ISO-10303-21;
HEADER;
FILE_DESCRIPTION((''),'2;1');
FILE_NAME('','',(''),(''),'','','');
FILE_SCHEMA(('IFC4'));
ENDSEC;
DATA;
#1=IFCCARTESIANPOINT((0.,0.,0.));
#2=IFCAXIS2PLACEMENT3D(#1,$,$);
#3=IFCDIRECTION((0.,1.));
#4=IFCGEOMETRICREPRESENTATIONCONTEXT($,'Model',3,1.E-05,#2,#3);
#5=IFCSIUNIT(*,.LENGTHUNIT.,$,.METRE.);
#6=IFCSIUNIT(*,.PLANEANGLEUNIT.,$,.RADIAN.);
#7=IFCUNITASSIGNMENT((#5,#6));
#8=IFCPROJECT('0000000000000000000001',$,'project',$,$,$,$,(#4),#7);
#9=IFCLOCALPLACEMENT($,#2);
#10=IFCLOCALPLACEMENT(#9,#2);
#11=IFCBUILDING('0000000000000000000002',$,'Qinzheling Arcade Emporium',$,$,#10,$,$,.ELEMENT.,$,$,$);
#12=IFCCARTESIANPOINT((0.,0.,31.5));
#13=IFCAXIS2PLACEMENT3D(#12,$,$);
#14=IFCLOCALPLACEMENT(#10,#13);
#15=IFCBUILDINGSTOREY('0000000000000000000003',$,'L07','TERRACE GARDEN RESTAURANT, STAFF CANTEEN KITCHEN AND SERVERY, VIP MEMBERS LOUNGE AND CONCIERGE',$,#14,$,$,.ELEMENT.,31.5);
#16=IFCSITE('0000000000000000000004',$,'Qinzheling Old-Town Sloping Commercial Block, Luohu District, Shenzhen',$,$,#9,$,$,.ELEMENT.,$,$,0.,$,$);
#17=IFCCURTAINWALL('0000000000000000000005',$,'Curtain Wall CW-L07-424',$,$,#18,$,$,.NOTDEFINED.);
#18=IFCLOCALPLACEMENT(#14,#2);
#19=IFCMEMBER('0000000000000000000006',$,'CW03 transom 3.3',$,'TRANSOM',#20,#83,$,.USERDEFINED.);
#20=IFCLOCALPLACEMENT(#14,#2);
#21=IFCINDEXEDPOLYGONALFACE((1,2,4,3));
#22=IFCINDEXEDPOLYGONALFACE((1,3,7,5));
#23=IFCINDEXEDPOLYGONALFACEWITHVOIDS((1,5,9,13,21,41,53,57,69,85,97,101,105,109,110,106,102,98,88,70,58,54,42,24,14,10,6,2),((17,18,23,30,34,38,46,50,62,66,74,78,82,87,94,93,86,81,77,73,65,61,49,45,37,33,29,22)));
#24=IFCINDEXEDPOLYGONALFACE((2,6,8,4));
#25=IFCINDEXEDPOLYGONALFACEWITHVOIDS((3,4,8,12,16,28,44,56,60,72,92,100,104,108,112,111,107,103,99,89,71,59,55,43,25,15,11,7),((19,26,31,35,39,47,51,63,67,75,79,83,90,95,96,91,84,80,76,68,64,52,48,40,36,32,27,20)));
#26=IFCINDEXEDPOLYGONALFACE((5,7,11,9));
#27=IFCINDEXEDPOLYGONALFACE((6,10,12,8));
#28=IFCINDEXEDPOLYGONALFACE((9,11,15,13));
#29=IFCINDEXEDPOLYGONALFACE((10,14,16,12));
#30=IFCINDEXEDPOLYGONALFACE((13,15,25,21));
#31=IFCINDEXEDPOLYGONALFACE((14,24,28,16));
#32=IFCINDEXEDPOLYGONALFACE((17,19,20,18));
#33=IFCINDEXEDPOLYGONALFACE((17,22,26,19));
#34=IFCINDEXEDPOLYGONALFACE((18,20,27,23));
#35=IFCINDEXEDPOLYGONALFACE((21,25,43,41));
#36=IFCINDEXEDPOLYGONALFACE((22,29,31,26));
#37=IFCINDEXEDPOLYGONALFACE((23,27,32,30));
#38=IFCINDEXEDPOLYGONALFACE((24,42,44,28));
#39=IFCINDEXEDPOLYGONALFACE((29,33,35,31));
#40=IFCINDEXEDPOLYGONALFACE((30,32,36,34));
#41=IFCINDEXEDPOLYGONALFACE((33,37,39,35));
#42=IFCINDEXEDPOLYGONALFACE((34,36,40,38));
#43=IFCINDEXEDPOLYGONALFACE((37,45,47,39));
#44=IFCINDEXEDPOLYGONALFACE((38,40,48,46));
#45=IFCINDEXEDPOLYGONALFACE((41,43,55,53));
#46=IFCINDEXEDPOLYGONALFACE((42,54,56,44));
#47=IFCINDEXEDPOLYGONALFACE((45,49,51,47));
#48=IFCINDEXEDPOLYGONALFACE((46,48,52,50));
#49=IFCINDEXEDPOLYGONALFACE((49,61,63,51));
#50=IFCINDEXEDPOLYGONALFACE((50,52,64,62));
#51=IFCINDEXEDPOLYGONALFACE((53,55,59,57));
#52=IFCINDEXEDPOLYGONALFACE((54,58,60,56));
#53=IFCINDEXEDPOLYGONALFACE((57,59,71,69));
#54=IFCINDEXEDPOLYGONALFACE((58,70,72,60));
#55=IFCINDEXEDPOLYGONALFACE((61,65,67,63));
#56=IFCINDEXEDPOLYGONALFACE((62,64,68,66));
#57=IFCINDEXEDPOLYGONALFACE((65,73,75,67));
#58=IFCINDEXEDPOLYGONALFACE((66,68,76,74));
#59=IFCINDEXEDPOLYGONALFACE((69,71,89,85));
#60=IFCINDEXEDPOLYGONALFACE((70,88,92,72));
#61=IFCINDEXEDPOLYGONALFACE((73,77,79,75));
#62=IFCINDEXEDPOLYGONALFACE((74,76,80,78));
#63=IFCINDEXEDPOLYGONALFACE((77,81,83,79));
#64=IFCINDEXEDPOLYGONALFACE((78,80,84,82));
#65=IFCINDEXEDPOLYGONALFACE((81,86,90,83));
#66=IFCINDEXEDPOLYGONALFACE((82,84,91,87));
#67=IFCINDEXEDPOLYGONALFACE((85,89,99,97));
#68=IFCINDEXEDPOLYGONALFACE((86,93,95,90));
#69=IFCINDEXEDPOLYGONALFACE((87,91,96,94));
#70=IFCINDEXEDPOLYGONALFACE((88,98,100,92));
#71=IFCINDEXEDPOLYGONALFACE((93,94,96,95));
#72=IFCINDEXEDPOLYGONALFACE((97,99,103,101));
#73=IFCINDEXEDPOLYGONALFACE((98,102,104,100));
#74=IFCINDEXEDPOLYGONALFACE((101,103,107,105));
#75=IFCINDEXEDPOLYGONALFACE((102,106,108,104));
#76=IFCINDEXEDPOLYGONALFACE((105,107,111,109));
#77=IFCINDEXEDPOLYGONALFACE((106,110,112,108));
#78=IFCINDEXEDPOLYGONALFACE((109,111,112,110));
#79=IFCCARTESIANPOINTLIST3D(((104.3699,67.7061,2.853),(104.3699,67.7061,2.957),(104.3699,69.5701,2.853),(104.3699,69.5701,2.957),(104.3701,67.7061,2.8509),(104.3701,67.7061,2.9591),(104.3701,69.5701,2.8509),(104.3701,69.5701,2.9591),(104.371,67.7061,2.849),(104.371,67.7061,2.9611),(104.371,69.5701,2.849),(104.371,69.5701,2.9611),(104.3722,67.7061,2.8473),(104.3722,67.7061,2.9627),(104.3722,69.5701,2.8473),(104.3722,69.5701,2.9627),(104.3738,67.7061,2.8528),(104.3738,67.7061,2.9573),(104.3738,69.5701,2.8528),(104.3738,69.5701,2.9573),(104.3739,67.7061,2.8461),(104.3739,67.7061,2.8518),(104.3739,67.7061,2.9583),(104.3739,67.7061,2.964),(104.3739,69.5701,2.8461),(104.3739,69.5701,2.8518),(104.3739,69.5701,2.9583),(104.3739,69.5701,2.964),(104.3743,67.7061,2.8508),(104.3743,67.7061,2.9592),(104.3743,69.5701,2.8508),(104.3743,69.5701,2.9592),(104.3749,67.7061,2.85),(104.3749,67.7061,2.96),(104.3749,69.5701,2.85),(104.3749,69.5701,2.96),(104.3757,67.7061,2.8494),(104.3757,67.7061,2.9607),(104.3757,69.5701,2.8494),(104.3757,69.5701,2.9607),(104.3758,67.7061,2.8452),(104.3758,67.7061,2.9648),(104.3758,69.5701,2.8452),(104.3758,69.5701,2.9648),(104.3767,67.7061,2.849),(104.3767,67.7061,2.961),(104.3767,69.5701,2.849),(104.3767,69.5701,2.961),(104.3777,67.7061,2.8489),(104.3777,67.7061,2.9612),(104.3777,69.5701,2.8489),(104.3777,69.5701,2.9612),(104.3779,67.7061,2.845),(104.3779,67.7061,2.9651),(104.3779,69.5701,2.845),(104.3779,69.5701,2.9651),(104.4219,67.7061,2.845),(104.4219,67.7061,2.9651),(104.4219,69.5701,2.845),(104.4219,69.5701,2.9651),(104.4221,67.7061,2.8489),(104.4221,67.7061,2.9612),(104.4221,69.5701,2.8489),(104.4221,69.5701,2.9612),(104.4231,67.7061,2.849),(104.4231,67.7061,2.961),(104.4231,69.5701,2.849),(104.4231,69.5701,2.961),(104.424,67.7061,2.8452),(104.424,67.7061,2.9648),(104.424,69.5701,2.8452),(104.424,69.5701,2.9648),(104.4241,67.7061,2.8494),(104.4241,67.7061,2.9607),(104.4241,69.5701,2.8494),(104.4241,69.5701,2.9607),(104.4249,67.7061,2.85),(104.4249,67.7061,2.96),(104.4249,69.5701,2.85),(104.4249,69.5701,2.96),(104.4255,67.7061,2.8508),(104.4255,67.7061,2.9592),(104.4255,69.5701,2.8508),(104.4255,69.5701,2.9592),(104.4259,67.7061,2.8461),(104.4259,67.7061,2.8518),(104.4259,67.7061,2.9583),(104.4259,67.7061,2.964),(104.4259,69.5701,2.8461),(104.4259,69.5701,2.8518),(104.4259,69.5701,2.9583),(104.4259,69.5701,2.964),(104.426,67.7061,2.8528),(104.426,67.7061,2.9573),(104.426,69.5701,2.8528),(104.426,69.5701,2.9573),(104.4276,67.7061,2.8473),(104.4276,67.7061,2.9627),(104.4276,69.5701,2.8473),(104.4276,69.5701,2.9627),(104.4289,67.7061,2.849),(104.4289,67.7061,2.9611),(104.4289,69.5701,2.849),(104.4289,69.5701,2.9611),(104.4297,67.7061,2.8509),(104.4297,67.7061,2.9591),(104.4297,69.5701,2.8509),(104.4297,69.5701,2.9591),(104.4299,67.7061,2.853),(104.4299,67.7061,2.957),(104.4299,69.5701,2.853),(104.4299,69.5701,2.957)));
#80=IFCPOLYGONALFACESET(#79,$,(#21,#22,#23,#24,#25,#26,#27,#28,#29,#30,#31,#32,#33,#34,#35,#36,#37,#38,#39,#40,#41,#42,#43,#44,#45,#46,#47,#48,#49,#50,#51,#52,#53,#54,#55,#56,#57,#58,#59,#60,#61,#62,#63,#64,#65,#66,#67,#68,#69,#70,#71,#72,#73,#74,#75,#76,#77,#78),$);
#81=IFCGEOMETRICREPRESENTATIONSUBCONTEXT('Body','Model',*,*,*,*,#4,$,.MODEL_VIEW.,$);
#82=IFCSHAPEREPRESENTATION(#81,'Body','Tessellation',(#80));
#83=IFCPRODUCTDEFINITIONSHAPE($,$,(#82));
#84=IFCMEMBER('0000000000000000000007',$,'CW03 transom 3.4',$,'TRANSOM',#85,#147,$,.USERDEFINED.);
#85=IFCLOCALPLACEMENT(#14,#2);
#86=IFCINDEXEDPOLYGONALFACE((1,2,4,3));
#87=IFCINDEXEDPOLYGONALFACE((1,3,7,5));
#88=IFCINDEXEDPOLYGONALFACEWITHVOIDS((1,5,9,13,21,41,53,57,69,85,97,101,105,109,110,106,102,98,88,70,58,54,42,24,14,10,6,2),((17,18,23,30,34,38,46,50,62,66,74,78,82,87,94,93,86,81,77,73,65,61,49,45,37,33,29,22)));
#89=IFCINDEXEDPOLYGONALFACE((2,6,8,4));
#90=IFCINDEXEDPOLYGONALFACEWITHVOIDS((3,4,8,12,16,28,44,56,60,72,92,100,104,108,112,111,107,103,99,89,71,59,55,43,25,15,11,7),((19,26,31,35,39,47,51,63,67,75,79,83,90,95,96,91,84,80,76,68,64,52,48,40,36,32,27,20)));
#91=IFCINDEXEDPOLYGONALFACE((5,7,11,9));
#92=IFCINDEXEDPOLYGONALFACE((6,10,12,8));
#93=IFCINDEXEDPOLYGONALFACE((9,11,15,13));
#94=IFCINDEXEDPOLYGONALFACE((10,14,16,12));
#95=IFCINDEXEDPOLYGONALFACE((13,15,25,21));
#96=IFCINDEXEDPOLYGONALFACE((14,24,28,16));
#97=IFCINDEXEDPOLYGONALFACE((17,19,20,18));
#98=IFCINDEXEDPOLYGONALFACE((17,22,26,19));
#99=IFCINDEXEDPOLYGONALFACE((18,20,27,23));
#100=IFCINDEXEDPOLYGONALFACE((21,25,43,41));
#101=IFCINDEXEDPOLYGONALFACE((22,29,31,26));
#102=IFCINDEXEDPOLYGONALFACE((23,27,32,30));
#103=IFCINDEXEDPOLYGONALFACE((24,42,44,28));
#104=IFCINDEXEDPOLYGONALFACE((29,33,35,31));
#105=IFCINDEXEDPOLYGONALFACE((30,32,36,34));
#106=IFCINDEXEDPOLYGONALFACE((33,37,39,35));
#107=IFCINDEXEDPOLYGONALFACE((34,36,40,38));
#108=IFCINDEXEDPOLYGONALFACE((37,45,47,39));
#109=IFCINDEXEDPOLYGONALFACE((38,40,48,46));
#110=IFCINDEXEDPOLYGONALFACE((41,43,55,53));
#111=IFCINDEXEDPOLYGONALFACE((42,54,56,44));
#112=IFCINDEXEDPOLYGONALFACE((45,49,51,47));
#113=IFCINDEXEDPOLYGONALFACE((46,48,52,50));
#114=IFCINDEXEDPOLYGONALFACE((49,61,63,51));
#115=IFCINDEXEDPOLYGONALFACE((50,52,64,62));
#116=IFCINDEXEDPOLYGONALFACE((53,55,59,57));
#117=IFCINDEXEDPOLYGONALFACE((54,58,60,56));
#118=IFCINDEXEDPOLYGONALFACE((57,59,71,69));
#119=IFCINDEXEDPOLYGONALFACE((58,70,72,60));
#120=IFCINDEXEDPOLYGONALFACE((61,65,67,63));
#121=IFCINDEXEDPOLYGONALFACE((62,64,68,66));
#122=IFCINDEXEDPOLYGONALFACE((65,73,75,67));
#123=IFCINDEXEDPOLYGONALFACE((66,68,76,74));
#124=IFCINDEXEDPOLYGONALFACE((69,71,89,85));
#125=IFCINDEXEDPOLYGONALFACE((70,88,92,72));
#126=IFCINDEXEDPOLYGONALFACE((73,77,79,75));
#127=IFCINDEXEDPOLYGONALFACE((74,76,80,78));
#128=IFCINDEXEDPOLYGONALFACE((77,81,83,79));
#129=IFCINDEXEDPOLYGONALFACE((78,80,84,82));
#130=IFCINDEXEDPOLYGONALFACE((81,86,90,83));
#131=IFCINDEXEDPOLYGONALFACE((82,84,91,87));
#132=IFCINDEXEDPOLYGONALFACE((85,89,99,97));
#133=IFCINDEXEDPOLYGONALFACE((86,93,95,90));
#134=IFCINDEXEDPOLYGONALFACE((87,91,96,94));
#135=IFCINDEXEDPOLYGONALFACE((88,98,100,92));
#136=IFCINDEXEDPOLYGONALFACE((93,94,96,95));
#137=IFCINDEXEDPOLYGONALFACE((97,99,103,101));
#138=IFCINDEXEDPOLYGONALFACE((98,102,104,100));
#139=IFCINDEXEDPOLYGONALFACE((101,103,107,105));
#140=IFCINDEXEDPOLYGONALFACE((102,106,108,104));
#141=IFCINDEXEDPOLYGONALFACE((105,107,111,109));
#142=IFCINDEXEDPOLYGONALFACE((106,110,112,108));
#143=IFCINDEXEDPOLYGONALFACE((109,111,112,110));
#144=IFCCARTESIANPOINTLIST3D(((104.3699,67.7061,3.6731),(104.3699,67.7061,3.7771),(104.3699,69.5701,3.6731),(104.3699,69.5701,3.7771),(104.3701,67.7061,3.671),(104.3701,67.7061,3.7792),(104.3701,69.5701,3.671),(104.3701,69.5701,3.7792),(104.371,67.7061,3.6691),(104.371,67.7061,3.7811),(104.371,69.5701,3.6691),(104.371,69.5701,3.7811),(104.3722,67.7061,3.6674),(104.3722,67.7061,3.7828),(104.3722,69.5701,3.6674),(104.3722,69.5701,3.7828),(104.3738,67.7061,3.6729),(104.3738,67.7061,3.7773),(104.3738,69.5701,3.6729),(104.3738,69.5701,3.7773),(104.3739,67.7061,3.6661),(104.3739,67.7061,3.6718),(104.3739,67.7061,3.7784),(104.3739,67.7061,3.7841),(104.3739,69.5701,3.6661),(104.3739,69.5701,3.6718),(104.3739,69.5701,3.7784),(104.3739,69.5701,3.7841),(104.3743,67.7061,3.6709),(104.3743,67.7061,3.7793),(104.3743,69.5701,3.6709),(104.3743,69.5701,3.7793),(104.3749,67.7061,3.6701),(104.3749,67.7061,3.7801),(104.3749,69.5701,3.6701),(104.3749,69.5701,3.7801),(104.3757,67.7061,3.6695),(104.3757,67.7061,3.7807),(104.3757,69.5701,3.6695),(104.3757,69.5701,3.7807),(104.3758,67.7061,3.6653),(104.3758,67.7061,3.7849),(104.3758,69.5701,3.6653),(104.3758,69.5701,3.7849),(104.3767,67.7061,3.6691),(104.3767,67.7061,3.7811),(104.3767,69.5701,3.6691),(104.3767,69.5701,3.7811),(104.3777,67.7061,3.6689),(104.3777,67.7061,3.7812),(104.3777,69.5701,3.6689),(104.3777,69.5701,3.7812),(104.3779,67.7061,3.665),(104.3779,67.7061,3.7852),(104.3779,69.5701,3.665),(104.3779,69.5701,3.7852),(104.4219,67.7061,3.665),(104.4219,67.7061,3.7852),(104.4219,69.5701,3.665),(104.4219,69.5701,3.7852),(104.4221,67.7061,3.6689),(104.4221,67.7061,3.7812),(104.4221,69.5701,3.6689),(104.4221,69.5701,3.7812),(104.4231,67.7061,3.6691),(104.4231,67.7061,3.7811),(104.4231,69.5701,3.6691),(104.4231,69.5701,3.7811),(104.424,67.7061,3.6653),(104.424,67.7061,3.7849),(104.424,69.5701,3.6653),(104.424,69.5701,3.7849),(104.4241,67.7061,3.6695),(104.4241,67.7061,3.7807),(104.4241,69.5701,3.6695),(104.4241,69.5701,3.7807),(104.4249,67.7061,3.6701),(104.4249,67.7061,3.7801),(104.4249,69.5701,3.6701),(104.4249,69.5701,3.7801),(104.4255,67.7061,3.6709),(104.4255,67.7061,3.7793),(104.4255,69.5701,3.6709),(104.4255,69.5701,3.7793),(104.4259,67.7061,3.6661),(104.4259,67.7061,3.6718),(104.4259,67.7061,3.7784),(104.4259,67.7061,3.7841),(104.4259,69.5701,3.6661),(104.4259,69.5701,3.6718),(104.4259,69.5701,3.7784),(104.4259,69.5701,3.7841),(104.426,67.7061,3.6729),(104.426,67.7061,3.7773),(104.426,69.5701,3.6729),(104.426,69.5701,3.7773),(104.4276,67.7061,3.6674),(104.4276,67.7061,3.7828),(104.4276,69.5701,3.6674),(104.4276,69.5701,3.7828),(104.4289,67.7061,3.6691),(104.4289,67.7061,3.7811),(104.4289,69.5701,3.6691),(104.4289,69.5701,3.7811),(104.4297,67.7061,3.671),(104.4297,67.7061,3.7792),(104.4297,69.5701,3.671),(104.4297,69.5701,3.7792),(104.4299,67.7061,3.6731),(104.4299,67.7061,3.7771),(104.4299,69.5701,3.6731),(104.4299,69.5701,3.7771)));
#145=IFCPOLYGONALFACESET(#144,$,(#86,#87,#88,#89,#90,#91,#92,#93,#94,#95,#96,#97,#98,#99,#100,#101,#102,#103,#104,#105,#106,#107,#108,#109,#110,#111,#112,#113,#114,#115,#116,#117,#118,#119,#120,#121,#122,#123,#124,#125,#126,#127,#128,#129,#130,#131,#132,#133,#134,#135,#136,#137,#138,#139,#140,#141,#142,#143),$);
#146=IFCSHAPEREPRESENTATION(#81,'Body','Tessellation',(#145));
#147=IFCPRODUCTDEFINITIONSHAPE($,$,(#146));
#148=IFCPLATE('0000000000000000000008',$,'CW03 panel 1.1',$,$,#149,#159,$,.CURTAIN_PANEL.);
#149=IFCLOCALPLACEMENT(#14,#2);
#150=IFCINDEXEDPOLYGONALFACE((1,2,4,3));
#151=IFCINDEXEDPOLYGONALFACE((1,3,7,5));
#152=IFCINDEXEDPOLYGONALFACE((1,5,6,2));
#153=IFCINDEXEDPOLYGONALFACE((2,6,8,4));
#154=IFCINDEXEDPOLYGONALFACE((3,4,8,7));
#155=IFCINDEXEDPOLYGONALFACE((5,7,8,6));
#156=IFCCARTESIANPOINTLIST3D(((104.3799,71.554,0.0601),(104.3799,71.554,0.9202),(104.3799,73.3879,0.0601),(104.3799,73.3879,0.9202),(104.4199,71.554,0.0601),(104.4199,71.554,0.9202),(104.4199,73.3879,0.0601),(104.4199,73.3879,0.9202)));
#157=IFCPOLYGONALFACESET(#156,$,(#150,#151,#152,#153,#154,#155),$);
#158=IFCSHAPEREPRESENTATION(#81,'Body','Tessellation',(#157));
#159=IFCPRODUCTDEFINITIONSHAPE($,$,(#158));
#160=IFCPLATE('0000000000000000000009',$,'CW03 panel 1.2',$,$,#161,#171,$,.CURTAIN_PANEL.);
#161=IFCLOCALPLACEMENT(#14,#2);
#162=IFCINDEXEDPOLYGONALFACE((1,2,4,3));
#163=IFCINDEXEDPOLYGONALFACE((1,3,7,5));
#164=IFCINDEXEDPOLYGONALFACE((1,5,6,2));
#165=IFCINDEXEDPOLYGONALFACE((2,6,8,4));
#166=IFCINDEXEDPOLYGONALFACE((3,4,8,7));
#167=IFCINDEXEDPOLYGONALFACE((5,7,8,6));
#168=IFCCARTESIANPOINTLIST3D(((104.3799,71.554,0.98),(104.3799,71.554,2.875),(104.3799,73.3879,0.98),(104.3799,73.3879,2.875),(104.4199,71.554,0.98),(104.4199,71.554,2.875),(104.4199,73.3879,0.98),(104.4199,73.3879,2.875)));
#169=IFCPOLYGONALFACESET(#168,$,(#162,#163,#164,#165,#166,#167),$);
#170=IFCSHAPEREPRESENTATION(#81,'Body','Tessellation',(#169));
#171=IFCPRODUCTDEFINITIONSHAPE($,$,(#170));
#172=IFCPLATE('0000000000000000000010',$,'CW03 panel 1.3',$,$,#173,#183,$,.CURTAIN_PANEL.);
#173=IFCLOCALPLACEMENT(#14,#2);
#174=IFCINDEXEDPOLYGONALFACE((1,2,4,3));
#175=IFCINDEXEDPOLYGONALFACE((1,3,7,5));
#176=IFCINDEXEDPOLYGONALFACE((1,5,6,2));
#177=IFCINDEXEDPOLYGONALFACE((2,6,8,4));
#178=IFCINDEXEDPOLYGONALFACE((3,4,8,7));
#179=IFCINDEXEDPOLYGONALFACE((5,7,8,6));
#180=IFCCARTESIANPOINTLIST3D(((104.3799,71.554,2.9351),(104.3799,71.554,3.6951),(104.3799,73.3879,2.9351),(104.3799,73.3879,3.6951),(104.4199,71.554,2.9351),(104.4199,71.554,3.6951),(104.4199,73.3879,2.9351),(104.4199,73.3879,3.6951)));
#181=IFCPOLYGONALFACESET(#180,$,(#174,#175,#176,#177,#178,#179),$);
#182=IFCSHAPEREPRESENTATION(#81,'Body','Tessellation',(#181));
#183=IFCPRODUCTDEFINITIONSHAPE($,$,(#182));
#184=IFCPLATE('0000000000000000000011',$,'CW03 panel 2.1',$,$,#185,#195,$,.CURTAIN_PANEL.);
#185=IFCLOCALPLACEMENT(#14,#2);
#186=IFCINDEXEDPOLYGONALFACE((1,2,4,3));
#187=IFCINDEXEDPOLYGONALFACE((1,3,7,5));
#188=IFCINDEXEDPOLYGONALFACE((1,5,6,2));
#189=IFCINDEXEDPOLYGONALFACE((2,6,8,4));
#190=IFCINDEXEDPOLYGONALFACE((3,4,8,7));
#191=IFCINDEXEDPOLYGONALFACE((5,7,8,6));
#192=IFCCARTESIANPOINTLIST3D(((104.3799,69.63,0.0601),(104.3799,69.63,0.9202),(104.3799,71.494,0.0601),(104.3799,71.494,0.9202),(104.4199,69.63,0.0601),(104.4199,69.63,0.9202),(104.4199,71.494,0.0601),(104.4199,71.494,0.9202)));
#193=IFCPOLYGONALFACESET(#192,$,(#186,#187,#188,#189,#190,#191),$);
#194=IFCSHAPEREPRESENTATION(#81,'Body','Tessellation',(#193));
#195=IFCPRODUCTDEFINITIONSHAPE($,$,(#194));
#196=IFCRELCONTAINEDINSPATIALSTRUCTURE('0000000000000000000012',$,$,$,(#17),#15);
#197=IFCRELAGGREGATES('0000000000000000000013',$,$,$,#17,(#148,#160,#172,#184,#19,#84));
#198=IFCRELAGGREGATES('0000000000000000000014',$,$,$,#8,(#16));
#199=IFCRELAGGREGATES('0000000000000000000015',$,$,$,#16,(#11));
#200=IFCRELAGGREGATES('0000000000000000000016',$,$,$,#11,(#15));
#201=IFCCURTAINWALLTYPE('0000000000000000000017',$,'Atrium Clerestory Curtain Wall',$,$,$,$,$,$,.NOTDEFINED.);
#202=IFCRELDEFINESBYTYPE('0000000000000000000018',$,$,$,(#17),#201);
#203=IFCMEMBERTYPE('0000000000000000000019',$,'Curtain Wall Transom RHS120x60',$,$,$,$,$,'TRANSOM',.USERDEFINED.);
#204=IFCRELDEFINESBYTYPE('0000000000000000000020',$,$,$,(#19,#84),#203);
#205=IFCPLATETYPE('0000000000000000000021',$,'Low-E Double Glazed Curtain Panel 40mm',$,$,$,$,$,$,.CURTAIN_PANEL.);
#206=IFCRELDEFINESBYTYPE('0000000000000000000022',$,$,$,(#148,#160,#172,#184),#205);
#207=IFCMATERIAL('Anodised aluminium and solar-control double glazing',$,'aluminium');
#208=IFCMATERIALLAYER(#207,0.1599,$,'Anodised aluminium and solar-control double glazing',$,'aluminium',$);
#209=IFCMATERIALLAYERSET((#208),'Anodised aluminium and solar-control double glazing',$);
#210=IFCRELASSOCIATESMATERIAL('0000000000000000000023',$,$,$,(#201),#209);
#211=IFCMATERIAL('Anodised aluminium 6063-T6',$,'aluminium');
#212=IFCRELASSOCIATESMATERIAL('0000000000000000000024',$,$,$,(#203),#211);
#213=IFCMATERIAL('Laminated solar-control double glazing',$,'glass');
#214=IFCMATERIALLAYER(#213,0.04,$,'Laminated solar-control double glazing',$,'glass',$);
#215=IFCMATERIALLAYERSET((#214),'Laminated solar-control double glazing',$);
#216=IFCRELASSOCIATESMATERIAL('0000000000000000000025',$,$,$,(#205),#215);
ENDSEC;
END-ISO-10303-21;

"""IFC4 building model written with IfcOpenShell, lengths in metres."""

from ifc_helpers import new_model, si_unit, direction, frame, origin, origin_2d, place, context, subcontext, project, spatial, rectangle, hollow_rectangle, extrude, material, layer, layer_set, material_profile, profile_set, type_object, element, aggregate, save


model = new_model("IFC4")

# Units and contexts
model_context = context("Model", 3, precision=1e-05, world=origin(), true_north=direction((0.0, 1.0)))
body_context = subcontext(model_context, "Body", "Model", "MODEL_VIEW")
ifc_project = project(units=[si_unit("LENGTHUNIT", "METRE"), si_unit("PLANEANGLEUNIT", "RADIAN")], contexts=[model_context])

# Site, building, storey
site_placement = place(None, origin())
site = spatial("IfcSite", under=ifc_project, at=site_placement, Name="Qinzheling Old-Town Sloping Commercial Block, Luohu District, Shenzhen", CompositionType="ELEMENT", RefElevation=0.0)
building_placement = place(site_placement, origin())
building = spatial("IfcBuilding", under=site, at=building_placement, Name="Qinzheling Arcade Emporium", CompositionType="ELEMENT")
storey_placement = place(building_placement, frame((0.0, 0.0, 31.5)))
storey = spatial("IfcBuildingStorey", under=building, at=storey_placement, Name="L07", Description="TERRACE GARDEN RESTAURANT, STAFF CANTEEN KITCHEN AND SERVERY, VIP MEMBERS LOUNGE AND CONCIERGE", CompositionType="ELEMENT", Elevation=31.5)

# Curtain wall, members, plates
ifc_material_1 = material(Name="Anodised aluminium and solar-control double glazing", Category="aluminium")
ifc_layer_1 = layer(ifc_material_1, 0.1599, Name="Anodised aluminium and solar-control double glazing", Category="aluminium")
ifc_layer_set_1 = layer_set([ifc_layer_1], Name="Anodised aluminium and solar-control double glazing")
curtain_wall_type = type_object("IfcCurtainWallType", Name="Atrium Clerestory Curtain Wall", PredefinedType="NOTDEFINED", material=ifc_layer_set_1)
curtain_wall_placement = place(storey_placement, origin())
curtain_wall = element("IfcCurtainWall", 1, at=curtain_wall_placement, inside=storey, type_object=curtain_wall_type, Name="Curtain Wall CW-L07-424", PredefinedType="NOTDEFINED")
ifc_material_2 = material(Name="Anodised aluminium 6063-T6", Category="aluminium")
ifc_material_profile_1 = material_profile(ifc_material_2, hollow_rectangle(XDim=0.0601, YDim=0.1201, WallThickness=0.0039, InnerFilletRadius=0.0039, OuterFilletRadius=0.0081, at=origin_2d()), Name="RHS 120x60x4", Category="aluminium")
ifc_profile_set_1 = profile_set([ifc_material_profile_1], Name="Anodised aluminium 6063-T6")
member_type_1 = type_object("IfcMemberType", Name="Curtain Wall Transom RHS120x60", ElementType="TRANSOM", PredefinedType="USERDEFINED", material=ifc_profile_set_1)
member_1_placement = place(storey_placement, frame((104.3999, 69.5701, 2.905), z_axis=(0.0, -1.0, 0.0), x_axis=(1.0, 0.0, 0.0)))
member_1 = element("IfcMember", 2, at=member_1_placement, type_object=member_type_1, Name="CW03 transom 3.3", ObjectType="TRANSOM", PredefinedType="USERDEFINED", context=body_context, shape_type="SweptSolid", body=[
    extrude(hollow_rectangle(XDim=0.0601, YDim=0.1201, WallThickness=0.0039, InnerFilletRadius=0.0039, OuterFilletRadius=0.0081, at=origin_2d()), origin(), (0.0, 0.0, 1.0), 1.864),
])
member_2_placement = place(storey_placement, frame((104.3999, 69.5701, 3.7251), z_axis=(0.0, -1.0, 0.0), x_axis=(1.0, 0.0, 0.0)))
member_2 = element("IfcMember", 3, at=member_2_placement, type_object=member_type_1, Name="CW03 transom 3.4", ObjectType="TRANSOM", PredefinedType="USERDEFINED", context=body_context, shape_type="SweptSolid", body=[
    extrude(hollow_rectangle(XDim=0.0601, YDim=0.1201, WallThickness=0.0039, InnerFilletRadius=0.0039, OuterFilletRadius=0.0081, at=origin_2d()), origin(), (0.0, 0.0, 1.0), 1.864),
])
ifc_material_3 = material(Name="Laminated solar-control double glazing", Category="glass")
ifc_layer_2 = layer(ifc_material_3, 0.04, Name="Laminated solar-control double glazing", Category="glass")
ifc_layer_set_2 = layer_set([ifc_layer_2], Name="Laminated solar-control double glazing")
plate_type = type_object("IfcPlateType", Name="Low-E Double Glazed Curtain Panel 40mm", PredefinedType="CURTAIN_PANEL", material=ifc_layer_set_2)
plate_1_placement = place(storey_placement, frame((104.3999, 72.4709, 0.0601), z_axis=(0.0, 0.0, 1.0), x_axis=(0.0, -1.0, 0.0)))
plate_1 = element("IfcPlate", 4, at=plate_1_placement, type_object=plate_type, Name="CW03 panel 1.1", PredefinedType="CURTAIN_PANEL", context=body_context, shape_type="SweptSolid", body=[
    extrude(rectangle(XDim=1.834, YDim=0.04, at=origin_2d()), origin(), (0.0, 0.0, 1.0), 0.8601),
])
plate_2_placement = place(storey_placement, frame((104.3999, 72.4709, 0.98), z_axis=(0.0, 0.0, 1.0), x_axis=(0.0, -1.0, 0.0)))
plate_2 = element("IfcPlate", 5, at=plate_2_placement, type_object=plate_type, Name="CW03 panel 1.2", PredefinedType="CURTAIN_PANEL", context=body_context, shape_type="SweptSolid", body=[
    extrude(rectangle(XDim=1.834, YDim=0.04, at=origin_2d()), origin(), (0.0, 0.0, 1.0), 1.895),
])
plate_3_placement = place(storey_placement, frame((104.3999, 72.4709, 2.9351), z_axis=(0.0, 0.0, 1.0), x_axis=(0.0, -1.0, 0.0)))
plate_3 = element("IfcPlate", 6, at=plate_3_placement, type_object=plate_type, Name="CW03 panel 1.3", PredefinedType="CURTAIN_PANEL", context=body_context, shape_type="SweptSolid", body=[
    extrude(rectangle(XDim=1.834, YDim=0.04, at=origin_2d()), origin(), (0.0, 0.0, 1.0), 0.76),
])
plate_4_placement = place(storey_placement, frame((104.3999, 70.562, 0.0601), z_axis=(0.0, 0.0, 1.0), x_axis=(0.0, -1.0, 0.0)))
plate_4 = element("IfcPlate", 7, at=plate_4_placement, type_object=plate_type, Name="CW03 panel 2.1", PredefinedType="CURTAIN_PANEL", context=body_context, shape_type="SweptSolid", body=[
    extrude(rectangle(XDim=1.864, YDim=0.04, at=origin_2d()), origin(), (0.0, 0.0, 1.0), 0.8601),
])
aggregate(curtain_wall, [plate_1, plate_2, plate_3, plate_4, member_1, member_2])

save(model, "model.ifc")
